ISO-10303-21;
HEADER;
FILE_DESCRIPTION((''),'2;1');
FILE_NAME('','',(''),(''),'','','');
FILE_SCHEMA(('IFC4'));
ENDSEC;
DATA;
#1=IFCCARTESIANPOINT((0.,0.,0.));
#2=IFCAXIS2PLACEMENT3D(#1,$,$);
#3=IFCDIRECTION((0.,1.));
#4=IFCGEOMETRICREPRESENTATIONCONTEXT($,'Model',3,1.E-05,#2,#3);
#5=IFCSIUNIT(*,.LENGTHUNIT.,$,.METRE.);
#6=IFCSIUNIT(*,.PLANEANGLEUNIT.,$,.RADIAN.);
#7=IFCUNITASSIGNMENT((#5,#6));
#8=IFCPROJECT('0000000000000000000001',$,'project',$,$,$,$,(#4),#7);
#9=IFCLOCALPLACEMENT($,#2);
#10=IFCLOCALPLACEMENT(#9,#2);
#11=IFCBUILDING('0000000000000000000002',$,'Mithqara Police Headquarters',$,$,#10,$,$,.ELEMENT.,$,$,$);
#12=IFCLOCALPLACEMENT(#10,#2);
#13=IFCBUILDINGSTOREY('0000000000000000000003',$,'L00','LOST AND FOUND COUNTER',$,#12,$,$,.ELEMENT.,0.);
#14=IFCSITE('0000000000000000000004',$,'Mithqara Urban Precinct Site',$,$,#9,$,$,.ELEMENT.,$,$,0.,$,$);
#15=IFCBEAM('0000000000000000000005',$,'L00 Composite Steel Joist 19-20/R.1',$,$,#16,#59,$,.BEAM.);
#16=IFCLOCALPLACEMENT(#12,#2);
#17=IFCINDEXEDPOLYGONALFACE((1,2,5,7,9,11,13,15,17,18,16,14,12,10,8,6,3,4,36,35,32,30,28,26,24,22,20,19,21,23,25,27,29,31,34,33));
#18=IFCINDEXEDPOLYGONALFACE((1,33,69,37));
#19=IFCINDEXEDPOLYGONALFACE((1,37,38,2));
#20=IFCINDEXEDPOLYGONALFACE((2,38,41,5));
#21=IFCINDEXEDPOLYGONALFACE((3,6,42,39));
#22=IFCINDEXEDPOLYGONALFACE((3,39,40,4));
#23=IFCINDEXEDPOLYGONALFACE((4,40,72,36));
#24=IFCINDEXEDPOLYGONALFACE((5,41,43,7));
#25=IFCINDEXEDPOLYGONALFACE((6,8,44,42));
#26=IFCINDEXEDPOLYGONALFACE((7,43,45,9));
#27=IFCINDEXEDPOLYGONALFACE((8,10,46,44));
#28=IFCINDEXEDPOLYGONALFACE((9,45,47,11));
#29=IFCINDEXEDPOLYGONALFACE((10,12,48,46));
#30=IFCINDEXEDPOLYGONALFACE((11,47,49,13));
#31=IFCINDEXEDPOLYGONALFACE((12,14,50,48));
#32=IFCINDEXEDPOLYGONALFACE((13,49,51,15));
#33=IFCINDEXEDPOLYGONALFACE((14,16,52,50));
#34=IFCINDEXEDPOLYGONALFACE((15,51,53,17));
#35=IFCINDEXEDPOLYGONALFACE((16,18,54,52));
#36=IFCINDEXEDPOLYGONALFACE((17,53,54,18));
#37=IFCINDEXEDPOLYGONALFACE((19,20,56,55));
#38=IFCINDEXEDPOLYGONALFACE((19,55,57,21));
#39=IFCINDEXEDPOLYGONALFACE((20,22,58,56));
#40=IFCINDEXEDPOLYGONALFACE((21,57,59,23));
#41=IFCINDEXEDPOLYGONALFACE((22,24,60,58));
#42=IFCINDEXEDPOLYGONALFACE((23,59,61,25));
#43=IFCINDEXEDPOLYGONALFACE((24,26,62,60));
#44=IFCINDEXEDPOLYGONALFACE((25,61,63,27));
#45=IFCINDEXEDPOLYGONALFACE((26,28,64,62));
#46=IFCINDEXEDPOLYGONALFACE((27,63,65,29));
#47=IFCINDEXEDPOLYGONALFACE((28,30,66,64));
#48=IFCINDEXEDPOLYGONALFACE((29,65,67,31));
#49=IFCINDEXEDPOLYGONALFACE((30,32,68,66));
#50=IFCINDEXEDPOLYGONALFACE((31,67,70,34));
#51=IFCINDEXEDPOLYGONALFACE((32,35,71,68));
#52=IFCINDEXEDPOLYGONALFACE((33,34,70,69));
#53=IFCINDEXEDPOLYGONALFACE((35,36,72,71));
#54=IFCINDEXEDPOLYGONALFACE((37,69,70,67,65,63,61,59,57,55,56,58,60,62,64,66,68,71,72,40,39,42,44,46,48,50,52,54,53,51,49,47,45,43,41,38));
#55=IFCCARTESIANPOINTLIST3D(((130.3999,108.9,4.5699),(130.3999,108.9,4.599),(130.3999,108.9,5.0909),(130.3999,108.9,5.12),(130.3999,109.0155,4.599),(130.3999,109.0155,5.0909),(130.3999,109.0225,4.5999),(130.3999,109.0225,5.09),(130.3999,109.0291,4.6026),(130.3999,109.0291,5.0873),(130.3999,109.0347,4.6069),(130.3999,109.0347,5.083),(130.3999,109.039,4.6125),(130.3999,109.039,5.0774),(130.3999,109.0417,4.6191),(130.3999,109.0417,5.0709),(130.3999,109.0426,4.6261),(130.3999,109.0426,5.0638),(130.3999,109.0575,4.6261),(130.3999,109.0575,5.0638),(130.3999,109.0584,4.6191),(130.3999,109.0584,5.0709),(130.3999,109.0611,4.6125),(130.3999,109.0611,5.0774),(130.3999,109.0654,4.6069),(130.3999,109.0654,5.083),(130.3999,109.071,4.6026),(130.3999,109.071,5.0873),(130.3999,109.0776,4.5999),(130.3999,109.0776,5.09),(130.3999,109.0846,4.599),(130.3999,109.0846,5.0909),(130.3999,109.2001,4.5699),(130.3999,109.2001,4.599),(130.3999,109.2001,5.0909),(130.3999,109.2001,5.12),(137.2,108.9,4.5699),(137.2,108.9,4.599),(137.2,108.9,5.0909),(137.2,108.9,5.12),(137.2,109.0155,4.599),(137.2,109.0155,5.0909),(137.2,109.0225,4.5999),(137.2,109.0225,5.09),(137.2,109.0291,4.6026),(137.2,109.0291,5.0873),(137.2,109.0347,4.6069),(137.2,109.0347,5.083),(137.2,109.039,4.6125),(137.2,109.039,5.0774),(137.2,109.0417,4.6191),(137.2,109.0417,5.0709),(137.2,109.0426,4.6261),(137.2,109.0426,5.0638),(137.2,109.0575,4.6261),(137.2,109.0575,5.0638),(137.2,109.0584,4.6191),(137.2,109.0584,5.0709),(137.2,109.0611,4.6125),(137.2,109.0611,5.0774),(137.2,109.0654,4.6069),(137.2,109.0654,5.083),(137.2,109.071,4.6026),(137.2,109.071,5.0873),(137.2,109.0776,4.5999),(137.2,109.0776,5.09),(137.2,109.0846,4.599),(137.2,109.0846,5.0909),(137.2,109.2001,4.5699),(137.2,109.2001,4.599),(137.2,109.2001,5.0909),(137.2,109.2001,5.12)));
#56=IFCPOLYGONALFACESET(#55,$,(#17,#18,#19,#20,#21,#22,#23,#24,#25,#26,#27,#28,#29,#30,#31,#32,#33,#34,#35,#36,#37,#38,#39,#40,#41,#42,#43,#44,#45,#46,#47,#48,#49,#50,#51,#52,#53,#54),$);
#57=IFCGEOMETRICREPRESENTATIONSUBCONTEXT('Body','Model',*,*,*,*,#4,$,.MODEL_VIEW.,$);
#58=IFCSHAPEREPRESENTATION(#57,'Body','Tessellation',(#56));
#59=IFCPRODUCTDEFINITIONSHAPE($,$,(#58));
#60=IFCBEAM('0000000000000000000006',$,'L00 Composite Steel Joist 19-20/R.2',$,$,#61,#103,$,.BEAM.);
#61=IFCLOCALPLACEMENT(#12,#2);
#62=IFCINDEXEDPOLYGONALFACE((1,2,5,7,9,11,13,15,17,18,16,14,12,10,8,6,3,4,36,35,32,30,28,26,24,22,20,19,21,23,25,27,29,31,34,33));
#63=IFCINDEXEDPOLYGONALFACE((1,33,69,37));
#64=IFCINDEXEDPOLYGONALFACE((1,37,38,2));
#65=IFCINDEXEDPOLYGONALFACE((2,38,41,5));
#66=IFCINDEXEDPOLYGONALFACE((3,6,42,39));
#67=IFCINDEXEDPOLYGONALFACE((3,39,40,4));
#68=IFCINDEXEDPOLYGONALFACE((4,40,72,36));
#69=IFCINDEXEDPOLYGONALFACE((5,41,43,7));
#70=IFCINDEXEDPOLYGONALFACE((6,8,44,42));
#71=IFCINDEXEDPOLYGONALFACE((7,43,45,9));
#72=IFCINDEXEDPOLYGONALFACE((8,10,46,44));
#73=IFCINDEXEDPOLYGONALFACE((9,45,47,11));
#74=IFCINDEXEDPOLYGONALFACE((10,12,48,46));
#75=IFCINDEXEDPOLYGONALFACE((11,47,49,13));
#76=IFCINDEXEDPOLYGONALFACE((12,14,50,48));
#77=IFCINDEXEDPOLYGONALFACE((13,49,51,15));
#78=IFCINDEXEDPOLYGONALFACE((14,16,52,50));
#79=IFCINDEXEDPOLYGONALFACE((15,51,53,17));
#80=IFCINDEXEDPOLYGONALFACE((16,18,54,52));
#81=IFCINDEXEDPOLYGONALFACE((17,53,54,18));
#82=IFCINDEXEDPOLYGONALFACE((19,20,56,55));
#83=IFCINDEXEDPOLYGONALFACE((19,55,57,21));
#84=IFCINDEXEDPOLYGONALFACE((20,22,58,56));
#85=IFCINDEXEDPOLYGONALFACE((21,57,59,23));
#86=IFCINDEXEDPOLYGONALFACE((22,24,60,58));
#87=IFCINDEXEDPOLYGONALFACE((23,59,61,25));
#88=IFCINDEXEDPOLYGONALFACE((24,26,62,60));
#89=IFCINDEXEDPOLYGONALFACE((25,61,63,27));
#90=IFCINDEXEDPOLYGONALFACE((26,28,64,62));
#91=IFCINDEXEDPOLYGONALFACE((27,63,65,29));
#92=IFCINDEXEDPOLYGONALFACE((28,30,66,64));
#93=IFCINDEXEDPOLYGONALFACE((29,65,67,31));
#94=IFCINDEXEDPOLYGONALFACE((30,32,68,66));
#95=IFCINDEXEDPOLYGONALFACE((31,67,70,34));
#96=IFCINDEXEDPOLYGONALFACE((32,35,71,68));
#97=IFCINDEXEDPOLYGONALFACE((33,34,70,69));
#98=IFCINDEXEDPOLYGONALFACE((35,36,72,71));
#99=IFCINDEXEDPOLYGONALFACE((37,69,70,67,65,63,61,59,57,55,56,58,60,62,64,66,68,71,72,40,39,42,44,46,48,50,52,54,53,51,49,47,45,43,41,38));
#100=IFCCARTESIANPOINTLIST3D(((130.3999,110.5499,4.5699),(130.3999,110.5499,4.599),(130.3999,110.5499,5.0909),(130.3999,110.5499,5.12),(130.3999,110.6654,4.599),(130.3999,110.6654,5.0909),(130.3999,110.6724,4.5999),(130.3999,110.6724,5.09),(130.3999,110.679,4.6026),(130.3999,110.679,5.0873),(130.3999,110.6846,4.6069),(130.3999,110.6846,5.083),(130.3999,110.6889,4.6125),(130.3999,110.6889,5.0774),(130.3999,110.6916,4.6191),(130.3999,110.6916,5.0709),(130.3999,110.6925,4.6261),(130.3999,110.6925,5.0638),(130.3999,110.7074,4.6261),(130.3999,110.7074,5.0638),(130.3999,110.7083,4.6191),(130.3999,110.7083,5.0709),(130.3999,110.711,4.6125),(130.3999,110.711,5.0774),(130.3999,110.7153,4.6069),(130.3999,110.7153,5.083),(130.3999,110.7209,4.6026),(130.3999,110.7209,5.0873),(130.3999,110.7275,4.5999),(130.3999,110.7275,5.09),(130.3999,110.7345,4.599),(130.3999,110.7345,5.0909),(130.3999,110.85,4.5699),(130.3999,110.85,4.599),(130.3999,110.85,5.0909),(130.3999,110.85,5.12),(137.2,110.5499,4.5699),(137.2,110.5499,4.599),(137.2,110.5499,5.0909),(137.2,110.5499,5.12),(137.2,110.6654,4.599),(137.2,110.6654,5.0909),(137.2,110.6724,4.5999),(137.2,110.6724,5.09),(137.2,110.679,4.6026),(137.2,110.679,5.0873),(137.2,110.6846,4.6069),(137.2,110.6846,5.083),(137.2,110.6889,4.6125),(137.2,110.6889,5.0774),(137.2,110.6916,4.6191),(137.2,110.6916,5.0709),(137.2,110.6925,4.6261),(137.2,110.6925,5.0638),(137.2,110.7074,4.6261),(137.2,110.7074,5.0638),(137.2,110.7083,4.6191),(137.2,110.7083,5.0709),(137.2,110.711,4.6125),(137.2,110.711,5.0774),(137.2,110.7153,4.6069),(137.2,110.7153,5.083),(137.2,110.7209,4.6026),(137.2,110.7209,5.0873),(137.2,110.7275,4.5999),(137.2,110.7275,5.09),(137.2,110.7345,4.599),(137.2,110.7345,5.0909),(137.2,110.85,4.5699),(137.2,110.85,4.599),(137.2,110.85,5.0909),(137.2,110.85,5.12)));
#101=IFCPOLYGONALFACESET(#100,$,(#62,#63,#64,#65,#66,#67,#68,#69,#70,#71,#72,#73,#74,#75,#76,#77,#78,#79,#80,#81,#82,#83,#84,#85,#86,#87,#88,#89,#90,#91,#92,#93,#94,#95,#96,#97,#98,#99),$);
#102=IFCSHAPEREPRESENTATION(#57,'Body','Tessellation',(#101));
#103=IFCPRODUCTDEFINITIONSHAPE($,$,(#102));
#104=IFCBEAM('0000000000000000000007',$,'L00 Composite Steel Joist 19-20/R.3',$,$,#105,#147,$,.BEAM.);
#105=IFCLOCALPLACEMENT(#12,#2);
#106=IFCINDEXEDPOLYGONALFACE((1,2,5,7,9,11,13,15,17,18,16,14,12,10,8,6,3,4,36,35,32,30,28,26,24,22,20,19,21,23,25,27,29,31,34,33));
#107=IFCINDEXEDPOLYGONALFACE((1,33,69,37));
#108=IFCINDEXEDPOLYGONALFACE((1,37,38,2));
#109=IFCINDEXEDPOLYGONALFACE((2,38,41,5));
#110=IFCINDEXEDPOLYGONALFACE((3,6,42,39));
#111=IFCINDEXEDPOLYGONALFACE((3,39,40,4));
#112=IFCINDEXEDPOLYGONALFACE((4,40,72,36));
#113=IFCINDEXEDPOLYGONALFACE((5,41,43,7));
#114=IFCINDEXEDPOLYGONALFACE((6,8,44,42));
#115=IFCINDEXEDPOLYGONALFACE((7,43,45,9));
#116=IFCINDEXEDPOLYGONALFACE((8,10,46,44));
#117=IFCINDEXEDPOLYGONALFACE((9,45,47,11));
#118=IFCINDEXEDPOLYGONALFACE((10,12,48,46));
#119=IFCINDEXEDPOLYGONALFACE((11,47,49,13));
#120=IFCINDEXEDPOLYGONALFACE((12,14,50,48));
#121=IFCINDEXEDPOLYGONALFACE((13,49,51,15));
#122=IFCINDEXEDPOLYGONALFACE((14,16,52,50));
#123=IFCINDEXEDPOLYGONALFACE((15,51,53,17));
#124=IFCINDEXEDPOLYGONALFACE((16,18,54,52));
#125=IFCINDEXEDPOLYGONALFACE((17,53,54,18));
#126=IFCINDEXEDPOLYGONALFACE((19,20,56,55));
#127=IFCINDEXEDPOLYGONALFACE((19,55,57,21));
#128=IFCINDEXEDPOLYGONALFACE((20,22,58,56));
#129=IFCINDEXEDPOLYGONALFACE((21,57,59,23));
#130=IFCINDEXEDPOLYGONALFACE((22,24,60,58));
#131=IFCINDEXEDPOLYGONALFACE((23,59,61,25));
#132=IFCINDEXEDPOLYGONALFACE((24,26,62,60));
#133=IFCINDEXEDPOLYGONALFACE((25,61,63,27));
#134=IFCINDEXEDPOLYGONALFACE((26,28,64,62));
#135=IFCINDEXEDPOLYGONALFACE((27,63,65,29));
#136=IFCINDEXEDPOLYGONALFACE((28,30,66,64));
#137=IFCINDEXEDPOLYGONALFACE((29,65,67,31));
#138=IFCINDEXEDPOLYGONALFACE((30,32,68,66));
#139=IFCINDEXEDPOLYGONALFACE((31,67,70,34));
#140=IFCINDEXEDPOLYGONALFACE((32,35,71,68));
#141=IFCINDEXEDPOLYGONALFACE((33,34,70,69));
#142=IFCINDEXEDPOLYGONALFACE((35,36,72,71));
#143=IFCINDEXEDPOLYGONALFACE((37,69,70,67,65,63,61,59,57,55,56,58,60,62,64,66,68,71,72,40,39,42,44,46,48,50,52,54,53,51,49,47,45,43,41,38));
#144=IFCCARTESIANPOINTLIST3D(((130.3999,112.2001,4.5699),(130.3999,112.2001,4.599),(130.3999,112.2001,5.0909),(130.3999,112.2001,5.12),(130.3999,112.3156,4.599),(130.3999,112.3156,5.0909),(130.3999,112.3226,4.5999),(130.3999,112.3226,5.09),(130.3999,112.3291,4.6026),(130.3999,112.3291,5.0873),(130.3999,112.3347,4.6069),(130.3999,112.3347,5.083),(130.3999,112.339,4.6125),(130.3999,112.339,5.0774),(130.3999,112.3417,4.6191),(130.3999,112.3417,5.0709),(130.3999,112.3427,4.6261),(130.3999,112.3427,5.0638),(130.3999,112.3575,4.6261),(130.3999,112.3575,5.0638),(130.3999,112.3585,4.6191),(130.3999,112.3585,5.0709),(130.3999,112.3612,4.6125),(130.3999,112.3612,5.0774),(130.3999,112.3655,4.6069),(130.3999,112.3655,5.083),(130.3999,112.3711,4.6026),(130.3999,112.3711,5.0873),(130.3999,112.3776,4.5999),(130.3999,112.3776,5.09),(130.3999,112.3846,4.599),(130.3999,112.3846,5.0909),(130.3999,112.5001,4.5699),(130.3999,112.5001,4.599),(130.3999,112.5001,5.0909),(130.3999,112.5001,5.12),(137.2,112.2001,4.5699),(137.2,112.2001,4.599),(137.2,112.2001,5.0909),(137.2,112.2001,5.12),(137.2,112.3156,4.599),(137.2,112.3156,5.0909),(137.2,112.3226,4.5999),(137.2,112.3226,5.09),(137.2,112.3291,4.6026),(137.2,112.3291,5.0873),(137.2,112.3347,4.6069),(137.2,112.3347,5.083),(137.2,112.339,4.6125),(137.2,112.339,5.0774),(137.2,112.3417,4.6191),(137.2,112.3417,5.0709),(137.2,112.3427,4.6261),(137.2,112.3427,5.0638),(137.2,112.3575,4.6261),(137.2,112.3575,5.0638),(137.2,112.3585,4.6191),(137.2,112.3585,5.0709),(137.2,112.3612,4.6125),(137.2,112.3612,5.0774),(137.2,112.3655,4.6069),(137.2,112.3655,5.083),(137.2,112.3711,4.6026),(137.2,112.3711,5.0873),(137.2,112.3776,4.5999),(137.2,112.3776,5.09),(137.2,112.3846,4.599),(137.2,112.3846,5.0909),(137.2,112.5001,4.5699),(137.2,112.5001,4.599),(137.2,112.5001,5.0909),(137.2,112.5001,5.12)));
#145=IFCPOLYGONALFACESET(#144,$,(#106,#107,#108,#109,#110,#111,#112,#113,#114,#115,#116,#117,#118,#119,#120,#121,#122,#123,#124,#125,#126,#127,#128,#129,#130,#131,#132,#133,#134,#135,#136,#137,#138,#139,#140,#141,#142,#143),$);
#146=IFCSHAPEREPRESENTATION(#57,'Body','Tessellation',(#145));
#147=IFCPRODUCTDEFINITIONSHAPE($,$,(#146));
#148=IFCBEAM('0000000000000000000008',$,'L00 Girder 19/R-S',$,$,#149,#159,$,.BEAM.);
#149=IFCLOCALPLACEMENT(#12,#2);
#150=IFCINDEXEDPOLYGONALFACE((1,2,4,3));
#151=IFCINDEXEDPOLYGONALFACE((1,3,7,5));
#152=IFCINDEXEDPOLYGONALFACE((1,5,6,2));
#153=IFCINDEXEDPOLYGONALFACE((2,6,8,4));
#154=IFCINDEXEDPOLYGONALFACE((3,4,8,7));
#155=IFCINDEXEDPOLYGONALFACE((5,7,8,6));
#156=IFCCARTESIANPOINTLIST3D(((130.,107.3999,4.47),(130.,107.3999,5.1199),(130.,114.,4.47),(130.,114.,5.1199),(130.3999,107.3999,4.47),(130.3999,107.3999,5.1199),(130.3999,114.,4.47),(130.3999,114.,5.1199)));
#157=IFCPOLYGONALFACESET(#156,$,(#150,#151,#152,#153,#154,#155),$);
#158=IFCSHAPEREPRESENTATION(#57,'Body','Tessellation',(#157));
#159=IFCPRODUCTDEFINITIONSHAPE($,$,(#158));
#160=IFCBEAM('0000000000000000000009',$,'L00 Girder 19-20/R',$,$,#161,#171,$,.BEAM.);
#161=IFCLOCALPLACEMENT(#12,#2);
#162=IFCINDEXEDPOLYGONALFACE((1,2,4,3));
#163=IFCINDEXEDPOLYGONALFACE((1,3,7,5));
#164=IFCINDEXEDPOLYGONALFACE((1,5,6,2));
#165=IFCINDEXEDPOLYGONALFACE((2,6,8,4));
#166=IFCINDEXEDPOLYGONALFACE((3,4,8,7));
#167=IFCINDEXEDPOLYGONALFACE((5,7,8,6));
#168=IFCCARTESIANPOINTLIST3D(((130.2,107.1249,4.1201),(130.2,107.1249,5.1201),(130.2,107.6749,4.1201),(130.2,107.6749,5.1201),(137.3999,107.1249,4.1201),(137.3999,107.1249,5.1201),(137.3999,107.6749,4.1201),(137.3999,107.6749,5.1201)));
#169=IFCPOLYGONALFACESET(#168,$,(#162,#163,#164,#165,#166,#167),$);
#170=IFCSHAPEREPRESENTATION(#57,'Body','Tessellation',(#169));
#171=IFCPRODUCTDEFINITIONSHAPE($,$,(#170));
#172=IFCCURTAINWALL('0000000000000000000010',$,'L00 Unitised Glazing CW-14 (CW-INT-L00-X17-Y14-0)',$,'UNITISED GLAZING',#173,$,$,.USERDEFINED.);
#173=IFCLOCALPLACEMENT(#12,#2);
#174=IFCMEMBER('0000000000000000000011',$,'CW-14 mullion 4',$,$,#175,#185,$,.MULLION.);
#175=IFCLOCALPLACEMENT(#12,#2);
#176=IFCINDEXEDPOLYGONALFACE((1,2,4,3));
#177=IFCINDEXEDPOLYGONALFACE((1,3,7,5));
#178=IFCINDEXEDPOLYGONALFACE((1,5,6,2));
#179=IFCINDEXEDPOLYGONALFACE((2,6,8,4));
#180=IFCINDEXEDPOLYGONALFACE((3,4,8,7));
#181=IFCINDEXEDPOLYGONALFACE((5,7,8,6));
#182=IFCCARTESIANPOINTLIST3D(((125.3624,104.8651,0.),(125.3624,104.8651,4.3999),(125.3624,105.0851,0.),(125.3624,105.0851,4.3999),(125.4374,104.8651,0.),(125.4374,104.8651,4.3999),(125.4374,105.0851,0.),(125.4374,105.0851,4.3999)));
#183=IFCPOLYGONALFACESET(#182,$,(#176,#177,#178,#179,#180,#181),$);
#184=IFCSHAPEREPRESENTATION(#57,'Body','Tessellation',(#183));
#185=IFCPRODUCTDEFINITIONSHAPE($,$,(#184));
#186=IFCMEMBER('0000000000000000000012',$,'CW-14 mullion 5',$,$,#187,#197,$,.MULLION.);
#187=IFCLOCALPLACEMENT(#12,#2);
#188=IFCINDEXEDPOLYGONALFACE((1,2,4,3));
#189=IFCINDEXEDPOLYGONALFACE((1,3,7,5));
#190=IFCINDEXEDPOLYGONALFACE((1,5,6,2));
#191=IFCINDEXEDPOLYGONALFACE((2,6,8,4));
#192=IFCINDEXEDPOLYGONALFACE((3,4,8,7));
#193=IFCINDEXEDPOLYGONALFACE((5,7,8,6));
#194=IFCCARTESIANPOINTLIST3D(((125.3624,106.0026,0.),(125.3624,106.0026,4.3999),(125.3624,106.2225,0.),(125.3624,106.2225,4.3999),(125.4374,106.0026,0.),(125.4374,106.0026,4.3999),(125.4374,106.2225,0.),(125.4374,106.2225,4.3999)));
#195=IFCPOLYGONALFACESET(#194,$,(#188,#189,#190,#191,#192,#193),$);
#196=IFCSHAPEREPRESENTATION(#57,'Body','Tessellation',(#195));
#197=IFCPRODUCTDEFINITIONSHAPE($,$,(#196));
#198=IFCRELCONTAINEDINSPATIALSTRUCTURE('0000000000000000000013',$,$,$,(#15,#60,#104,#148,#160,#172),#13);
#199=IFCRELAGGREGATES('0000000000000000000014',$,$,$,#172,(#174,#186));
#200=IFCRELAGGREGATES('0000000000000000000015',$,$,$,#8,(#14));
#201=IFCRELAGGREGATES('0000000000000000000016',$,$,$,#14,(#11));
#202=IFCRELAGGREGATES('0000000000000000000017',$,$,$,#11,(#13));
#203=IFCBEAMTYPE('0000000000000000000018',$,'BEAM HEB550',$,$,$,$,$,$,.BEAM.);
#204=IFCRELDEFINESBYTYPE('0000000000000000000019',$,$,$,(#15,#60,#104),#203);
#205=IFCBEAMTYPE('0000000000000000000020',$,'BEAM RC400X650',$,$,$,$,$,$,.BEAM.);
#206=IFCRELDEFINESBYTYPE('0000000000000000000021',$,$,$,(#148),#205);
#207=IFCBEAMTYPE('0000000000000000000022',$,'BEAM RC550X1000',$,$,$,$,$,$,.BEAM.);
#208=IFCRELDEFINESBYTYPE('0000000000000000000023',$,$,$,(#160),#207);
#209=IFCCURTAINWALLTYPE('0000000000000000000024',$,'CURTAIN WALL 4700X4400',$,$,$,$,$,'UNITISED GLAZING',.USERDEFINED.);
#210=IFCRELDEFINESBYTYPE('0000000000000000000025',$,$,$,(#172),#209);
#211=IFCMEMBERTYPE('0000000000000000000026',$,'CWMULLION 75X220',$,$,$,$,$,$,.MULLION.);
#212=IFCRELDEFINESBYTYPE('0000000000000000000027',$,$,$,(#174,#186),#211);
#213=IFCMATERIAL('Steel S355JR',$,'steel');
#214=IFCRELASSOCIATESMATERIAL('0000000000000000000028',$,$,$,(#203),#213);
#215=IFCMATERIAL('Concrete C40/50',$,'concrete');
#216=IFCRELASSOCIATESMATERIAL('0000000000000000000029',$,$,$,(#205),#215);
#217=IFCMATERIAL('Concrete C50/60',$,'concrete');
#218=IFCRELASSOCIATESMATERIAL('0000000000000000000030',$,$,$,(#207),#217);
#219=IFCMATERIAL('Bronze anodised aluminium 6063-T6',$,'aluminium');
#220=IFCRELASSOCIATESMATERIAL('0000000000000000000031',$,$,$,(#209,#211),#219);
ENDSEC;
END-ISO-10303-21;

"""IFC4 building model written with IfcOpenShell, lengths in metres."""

from ifc_helpers import new_model, si_unit, direction, frame, origin, origin_2d, place, context, subcontext, project, spatial, rectangle, i_section, extrude, material, material_profile, profile_set, type_object, element, aggregate, save


model = new_model("IFC4")

# Units and contexts
model_context = context("Model", 3, precision=1e-05, world=origin(), true_north=direction((0.0, 1.0)))
body_context = subcontext(model_context, "Body", "Model", "MODEL_VIEW")
ifc_project = project(units=[si_unit("LENGTHUNIT", "METRE"), si_unit("PLANEANGLEUNIT", "RADIAN")], contexts=[model_context])

# Site, building, storey
site_placement = place(None, origin())
site = spatial("IfcSite", under=ifc_project, at=site_placement, Name="Mithqara Urban Precinct Site", CompositionType="ELEMENT", RefElevation=0.0)
building_placement = place(site_placement, origin())
building = spatial("IfcBuilding", under=site, at=building_placement, Name="Mithqara Police Headquarters", CompositionType="ELEMENT")
storey_placement = place(building_placement, origin())
storey = spatial("IfcBuildingStorey", under=building, at=storey_placement, Name="L00", Description="LOST AND FOUND COUNTER", CompositionType="ELEMENT", Elevation=0.0)

# Shared definitions
ifc_material_1 = material(Name="Concrete C40/50", Category="concrete")

# Shared definitions
ifc_material_2 = material(Name="Concrete C50/60", Category="concrete")

# Beams
ifc_material_3 = material(Name="Steel S355JR", Category="steel")
ifc_material_profile_1 = material_profile(ifc_material_3, i_section(OverallWidth=0.3, OverallDepth=0.55, WebThickness=0.0149, FlangeThickness=0.0291, FilletRadius=0.0271, at=origin_2d()), Name="HEB 550")
ifc_profile_set_1 = profile_set([ifc_material_profile_1], Name="Steel S355JR")
beam_type_1 = type_object("IfcBeamType", Name="BEAM HEB550", PredefinedType="BEAM", material=ifc_profile_set_1)
for number, where, z_axis, x_axis, name in (
    (1, (130.3999, 109.05, 4.845), (1.0, 0.0, 0.0), (0.0, 1.0, 0.0), "L00 Composite Steel Joist 19-20/R.1"),
    (2, (130.3999, 110.7, 4.845), (1.0, 0.0, 0.0), (0.0, 1.0, 0.0), "L00 Composite Steel Joist 19-20/R.2"),
    (3, (130.3999, 112.3501, 4.845), (1.0, 0.0, 0.0), (0.0, 1.0, 0.0), "L00 Composite Steel Joist 19-20/R.3"),
):
    element("IfcBeam", number, at=place(storey_placement, frame(where, z_axis=z_axis, x_axis=x_axis)), inside=storey, type_object=beam_type_1, Name=name, PredefinedType="BEAM", context=body_context, shape_type="SweptSolid", body=[
        extrude(i_section(OverallWidth=0.3, OverallDepth=0.55, WebThickness=0.0149, FlangeThickness=0.0291, FilletRadius=0.0271, at=origin_2d()), origin(), (0.0, 0.0, 1.0), 6.8),
    ])
ifc_material_profile_2 = material_profile(ifc_material_1, rectangle(XDim=0.3999, YDim=0.6499, at=origin_2d()), Name="RC 400x650")
ifc_profile_set_2 = profile_set([ifc_material_profile_2], Name="Concrete C40/50")
beam_type_2 = type_object("IfcBeamType", Name="BEAM RC400X650", PredefinedType="BEAM", material=ifc_profile_set_2)
beam_1_placement = place(storey_placement, frame((130.2, 107.3999, 4.7949), z_axis=(0.0, 1.0, 0.0), x_axis=(-1.0, 0.0, 0.0)))
element("IfcBeam", 4, at=beam_1_placement, inside=storey, type_object=beam_type_2, Name="L00 Girder 19/R-S", PredefinedType="BEAM", context=body_context, shape_type="SweptSolid", body=[
    extrude(rectangle(XDim=0.3999, YDim=0.6499, at=origin_2d()), origin(), (0.0, 0.0, 1.0), 6.6001),
])
ifc_material_profile_3 = material_profile(ifc_material_2, rectangle(XDim=0.55, YDim=1.0, at=origin_2d()), Name="RC 550x1000")
ifc_profile_set_3 = profile_set([ifc_material_profile_3], Name="Concrete C50/60")
beam_type_3 = type_object("IfcBeamType", Name="BEAM RC550X1000", PredefinedType="BEAM", material=ifc_profile_set_3)
beam_2_placement = place(storey_placement, frame((130.2, 107.3999, 4.6201), z_axis=(1.0, 0.0, 0.0), x_axis=(0.0, 1.0, 0.0)))
element("IfcBeam", 5, at=beam_2_placement, inside=storey, type_object=beam_type_3, Name="L00 Girder 19-20/R", PredefinedType="BEAM", context=body_context, shape_type="SweptSolid", body=[
    extrude(rectangle(XDim=0.55, YDim=1.0, at=origin_2d()), origin(), (0.0, 0.0, 1.0), 7.2),
])

# Curtain wall, members
ifc_material_4 = material(Name="Bronze anodised aluminium 6063-T6", Category="aluminium")
curtain_wall_type = type_object("IfcCurtainWallType", Name="CURTAIN WALL 4700X4400", ElementType="UNITISED GLAZING", PredefinedType="USERDEFINED", material=ifc_material_4)
curtain_wall_placement = place(storey_placement, origin())
curtain_wall = element("IfcCurtainWall", 6, at=curtain_wall_placement, inside=storey, type_object=curtain_wall_type, Name="L00 Unitised Glazing CW-14 (CW-INT-L00-X17-Y14-0)", ObjectType="UNITISED GLAZING", PredefinedType="USERDEFINED")
ifc_material_profile_4 = material_profile(ifc_material_4, rectangle(XDim=0.075, YDim=0.22, at=origin_2d()), Name="CWM 75x220")
ifc_profile_set_4 = profile_set([ifc_material_profile_4], Name="Bronze anodised aluminium 6063-T6")
member_type_1 = type_object("IfcMemberType", Name="CWMULLION 75X220", PredefinedType="MULLION", material=ifc_profile_set_4)
member_1_placement = place(storey_placement, frame((125.3999, 104.9751, 0.0), z_axis=(0.0, 0.0, 1.0), x_axis=(-1.0, 0.0, 0.0)))
member_1 = element("IfcMember", 7, at=member_1_placement, type_object=member_type_1, Name="CW-14 mullion 4", PredefinedType="MULLION", context=body_context, shape_type="SweptSolid", body=[
    extrude(rectangle(XDim=0.075, YDim=0.22, at=origin_2d()), origin(), (0.0, 0.0, 1.0), 4.3999),
])
member_2_placement = place(storey_placement, frame((125.3999, 106.1125, 0.0), z_axis=(0.0, 0.0, 1.0), x_axis=(-1.0, 0.0, 0.0)))
member_2 = element("IfcMember", 8, at=member_2_placement, type_object=member_type_1, Name="CW-14 mullion 5", PredefinedType="MULLION", context=body_context, shape_type="SweptSolid", body=[
    extrude(rectangle(XDim=0.075, YDim=0.22, at=origin_2d()), origin(), (0.0, 0.0, 1.0), 4.3999),
])

aggregate(curtain_wall, [member_1, member_2])

save(model, "model.ifc")
